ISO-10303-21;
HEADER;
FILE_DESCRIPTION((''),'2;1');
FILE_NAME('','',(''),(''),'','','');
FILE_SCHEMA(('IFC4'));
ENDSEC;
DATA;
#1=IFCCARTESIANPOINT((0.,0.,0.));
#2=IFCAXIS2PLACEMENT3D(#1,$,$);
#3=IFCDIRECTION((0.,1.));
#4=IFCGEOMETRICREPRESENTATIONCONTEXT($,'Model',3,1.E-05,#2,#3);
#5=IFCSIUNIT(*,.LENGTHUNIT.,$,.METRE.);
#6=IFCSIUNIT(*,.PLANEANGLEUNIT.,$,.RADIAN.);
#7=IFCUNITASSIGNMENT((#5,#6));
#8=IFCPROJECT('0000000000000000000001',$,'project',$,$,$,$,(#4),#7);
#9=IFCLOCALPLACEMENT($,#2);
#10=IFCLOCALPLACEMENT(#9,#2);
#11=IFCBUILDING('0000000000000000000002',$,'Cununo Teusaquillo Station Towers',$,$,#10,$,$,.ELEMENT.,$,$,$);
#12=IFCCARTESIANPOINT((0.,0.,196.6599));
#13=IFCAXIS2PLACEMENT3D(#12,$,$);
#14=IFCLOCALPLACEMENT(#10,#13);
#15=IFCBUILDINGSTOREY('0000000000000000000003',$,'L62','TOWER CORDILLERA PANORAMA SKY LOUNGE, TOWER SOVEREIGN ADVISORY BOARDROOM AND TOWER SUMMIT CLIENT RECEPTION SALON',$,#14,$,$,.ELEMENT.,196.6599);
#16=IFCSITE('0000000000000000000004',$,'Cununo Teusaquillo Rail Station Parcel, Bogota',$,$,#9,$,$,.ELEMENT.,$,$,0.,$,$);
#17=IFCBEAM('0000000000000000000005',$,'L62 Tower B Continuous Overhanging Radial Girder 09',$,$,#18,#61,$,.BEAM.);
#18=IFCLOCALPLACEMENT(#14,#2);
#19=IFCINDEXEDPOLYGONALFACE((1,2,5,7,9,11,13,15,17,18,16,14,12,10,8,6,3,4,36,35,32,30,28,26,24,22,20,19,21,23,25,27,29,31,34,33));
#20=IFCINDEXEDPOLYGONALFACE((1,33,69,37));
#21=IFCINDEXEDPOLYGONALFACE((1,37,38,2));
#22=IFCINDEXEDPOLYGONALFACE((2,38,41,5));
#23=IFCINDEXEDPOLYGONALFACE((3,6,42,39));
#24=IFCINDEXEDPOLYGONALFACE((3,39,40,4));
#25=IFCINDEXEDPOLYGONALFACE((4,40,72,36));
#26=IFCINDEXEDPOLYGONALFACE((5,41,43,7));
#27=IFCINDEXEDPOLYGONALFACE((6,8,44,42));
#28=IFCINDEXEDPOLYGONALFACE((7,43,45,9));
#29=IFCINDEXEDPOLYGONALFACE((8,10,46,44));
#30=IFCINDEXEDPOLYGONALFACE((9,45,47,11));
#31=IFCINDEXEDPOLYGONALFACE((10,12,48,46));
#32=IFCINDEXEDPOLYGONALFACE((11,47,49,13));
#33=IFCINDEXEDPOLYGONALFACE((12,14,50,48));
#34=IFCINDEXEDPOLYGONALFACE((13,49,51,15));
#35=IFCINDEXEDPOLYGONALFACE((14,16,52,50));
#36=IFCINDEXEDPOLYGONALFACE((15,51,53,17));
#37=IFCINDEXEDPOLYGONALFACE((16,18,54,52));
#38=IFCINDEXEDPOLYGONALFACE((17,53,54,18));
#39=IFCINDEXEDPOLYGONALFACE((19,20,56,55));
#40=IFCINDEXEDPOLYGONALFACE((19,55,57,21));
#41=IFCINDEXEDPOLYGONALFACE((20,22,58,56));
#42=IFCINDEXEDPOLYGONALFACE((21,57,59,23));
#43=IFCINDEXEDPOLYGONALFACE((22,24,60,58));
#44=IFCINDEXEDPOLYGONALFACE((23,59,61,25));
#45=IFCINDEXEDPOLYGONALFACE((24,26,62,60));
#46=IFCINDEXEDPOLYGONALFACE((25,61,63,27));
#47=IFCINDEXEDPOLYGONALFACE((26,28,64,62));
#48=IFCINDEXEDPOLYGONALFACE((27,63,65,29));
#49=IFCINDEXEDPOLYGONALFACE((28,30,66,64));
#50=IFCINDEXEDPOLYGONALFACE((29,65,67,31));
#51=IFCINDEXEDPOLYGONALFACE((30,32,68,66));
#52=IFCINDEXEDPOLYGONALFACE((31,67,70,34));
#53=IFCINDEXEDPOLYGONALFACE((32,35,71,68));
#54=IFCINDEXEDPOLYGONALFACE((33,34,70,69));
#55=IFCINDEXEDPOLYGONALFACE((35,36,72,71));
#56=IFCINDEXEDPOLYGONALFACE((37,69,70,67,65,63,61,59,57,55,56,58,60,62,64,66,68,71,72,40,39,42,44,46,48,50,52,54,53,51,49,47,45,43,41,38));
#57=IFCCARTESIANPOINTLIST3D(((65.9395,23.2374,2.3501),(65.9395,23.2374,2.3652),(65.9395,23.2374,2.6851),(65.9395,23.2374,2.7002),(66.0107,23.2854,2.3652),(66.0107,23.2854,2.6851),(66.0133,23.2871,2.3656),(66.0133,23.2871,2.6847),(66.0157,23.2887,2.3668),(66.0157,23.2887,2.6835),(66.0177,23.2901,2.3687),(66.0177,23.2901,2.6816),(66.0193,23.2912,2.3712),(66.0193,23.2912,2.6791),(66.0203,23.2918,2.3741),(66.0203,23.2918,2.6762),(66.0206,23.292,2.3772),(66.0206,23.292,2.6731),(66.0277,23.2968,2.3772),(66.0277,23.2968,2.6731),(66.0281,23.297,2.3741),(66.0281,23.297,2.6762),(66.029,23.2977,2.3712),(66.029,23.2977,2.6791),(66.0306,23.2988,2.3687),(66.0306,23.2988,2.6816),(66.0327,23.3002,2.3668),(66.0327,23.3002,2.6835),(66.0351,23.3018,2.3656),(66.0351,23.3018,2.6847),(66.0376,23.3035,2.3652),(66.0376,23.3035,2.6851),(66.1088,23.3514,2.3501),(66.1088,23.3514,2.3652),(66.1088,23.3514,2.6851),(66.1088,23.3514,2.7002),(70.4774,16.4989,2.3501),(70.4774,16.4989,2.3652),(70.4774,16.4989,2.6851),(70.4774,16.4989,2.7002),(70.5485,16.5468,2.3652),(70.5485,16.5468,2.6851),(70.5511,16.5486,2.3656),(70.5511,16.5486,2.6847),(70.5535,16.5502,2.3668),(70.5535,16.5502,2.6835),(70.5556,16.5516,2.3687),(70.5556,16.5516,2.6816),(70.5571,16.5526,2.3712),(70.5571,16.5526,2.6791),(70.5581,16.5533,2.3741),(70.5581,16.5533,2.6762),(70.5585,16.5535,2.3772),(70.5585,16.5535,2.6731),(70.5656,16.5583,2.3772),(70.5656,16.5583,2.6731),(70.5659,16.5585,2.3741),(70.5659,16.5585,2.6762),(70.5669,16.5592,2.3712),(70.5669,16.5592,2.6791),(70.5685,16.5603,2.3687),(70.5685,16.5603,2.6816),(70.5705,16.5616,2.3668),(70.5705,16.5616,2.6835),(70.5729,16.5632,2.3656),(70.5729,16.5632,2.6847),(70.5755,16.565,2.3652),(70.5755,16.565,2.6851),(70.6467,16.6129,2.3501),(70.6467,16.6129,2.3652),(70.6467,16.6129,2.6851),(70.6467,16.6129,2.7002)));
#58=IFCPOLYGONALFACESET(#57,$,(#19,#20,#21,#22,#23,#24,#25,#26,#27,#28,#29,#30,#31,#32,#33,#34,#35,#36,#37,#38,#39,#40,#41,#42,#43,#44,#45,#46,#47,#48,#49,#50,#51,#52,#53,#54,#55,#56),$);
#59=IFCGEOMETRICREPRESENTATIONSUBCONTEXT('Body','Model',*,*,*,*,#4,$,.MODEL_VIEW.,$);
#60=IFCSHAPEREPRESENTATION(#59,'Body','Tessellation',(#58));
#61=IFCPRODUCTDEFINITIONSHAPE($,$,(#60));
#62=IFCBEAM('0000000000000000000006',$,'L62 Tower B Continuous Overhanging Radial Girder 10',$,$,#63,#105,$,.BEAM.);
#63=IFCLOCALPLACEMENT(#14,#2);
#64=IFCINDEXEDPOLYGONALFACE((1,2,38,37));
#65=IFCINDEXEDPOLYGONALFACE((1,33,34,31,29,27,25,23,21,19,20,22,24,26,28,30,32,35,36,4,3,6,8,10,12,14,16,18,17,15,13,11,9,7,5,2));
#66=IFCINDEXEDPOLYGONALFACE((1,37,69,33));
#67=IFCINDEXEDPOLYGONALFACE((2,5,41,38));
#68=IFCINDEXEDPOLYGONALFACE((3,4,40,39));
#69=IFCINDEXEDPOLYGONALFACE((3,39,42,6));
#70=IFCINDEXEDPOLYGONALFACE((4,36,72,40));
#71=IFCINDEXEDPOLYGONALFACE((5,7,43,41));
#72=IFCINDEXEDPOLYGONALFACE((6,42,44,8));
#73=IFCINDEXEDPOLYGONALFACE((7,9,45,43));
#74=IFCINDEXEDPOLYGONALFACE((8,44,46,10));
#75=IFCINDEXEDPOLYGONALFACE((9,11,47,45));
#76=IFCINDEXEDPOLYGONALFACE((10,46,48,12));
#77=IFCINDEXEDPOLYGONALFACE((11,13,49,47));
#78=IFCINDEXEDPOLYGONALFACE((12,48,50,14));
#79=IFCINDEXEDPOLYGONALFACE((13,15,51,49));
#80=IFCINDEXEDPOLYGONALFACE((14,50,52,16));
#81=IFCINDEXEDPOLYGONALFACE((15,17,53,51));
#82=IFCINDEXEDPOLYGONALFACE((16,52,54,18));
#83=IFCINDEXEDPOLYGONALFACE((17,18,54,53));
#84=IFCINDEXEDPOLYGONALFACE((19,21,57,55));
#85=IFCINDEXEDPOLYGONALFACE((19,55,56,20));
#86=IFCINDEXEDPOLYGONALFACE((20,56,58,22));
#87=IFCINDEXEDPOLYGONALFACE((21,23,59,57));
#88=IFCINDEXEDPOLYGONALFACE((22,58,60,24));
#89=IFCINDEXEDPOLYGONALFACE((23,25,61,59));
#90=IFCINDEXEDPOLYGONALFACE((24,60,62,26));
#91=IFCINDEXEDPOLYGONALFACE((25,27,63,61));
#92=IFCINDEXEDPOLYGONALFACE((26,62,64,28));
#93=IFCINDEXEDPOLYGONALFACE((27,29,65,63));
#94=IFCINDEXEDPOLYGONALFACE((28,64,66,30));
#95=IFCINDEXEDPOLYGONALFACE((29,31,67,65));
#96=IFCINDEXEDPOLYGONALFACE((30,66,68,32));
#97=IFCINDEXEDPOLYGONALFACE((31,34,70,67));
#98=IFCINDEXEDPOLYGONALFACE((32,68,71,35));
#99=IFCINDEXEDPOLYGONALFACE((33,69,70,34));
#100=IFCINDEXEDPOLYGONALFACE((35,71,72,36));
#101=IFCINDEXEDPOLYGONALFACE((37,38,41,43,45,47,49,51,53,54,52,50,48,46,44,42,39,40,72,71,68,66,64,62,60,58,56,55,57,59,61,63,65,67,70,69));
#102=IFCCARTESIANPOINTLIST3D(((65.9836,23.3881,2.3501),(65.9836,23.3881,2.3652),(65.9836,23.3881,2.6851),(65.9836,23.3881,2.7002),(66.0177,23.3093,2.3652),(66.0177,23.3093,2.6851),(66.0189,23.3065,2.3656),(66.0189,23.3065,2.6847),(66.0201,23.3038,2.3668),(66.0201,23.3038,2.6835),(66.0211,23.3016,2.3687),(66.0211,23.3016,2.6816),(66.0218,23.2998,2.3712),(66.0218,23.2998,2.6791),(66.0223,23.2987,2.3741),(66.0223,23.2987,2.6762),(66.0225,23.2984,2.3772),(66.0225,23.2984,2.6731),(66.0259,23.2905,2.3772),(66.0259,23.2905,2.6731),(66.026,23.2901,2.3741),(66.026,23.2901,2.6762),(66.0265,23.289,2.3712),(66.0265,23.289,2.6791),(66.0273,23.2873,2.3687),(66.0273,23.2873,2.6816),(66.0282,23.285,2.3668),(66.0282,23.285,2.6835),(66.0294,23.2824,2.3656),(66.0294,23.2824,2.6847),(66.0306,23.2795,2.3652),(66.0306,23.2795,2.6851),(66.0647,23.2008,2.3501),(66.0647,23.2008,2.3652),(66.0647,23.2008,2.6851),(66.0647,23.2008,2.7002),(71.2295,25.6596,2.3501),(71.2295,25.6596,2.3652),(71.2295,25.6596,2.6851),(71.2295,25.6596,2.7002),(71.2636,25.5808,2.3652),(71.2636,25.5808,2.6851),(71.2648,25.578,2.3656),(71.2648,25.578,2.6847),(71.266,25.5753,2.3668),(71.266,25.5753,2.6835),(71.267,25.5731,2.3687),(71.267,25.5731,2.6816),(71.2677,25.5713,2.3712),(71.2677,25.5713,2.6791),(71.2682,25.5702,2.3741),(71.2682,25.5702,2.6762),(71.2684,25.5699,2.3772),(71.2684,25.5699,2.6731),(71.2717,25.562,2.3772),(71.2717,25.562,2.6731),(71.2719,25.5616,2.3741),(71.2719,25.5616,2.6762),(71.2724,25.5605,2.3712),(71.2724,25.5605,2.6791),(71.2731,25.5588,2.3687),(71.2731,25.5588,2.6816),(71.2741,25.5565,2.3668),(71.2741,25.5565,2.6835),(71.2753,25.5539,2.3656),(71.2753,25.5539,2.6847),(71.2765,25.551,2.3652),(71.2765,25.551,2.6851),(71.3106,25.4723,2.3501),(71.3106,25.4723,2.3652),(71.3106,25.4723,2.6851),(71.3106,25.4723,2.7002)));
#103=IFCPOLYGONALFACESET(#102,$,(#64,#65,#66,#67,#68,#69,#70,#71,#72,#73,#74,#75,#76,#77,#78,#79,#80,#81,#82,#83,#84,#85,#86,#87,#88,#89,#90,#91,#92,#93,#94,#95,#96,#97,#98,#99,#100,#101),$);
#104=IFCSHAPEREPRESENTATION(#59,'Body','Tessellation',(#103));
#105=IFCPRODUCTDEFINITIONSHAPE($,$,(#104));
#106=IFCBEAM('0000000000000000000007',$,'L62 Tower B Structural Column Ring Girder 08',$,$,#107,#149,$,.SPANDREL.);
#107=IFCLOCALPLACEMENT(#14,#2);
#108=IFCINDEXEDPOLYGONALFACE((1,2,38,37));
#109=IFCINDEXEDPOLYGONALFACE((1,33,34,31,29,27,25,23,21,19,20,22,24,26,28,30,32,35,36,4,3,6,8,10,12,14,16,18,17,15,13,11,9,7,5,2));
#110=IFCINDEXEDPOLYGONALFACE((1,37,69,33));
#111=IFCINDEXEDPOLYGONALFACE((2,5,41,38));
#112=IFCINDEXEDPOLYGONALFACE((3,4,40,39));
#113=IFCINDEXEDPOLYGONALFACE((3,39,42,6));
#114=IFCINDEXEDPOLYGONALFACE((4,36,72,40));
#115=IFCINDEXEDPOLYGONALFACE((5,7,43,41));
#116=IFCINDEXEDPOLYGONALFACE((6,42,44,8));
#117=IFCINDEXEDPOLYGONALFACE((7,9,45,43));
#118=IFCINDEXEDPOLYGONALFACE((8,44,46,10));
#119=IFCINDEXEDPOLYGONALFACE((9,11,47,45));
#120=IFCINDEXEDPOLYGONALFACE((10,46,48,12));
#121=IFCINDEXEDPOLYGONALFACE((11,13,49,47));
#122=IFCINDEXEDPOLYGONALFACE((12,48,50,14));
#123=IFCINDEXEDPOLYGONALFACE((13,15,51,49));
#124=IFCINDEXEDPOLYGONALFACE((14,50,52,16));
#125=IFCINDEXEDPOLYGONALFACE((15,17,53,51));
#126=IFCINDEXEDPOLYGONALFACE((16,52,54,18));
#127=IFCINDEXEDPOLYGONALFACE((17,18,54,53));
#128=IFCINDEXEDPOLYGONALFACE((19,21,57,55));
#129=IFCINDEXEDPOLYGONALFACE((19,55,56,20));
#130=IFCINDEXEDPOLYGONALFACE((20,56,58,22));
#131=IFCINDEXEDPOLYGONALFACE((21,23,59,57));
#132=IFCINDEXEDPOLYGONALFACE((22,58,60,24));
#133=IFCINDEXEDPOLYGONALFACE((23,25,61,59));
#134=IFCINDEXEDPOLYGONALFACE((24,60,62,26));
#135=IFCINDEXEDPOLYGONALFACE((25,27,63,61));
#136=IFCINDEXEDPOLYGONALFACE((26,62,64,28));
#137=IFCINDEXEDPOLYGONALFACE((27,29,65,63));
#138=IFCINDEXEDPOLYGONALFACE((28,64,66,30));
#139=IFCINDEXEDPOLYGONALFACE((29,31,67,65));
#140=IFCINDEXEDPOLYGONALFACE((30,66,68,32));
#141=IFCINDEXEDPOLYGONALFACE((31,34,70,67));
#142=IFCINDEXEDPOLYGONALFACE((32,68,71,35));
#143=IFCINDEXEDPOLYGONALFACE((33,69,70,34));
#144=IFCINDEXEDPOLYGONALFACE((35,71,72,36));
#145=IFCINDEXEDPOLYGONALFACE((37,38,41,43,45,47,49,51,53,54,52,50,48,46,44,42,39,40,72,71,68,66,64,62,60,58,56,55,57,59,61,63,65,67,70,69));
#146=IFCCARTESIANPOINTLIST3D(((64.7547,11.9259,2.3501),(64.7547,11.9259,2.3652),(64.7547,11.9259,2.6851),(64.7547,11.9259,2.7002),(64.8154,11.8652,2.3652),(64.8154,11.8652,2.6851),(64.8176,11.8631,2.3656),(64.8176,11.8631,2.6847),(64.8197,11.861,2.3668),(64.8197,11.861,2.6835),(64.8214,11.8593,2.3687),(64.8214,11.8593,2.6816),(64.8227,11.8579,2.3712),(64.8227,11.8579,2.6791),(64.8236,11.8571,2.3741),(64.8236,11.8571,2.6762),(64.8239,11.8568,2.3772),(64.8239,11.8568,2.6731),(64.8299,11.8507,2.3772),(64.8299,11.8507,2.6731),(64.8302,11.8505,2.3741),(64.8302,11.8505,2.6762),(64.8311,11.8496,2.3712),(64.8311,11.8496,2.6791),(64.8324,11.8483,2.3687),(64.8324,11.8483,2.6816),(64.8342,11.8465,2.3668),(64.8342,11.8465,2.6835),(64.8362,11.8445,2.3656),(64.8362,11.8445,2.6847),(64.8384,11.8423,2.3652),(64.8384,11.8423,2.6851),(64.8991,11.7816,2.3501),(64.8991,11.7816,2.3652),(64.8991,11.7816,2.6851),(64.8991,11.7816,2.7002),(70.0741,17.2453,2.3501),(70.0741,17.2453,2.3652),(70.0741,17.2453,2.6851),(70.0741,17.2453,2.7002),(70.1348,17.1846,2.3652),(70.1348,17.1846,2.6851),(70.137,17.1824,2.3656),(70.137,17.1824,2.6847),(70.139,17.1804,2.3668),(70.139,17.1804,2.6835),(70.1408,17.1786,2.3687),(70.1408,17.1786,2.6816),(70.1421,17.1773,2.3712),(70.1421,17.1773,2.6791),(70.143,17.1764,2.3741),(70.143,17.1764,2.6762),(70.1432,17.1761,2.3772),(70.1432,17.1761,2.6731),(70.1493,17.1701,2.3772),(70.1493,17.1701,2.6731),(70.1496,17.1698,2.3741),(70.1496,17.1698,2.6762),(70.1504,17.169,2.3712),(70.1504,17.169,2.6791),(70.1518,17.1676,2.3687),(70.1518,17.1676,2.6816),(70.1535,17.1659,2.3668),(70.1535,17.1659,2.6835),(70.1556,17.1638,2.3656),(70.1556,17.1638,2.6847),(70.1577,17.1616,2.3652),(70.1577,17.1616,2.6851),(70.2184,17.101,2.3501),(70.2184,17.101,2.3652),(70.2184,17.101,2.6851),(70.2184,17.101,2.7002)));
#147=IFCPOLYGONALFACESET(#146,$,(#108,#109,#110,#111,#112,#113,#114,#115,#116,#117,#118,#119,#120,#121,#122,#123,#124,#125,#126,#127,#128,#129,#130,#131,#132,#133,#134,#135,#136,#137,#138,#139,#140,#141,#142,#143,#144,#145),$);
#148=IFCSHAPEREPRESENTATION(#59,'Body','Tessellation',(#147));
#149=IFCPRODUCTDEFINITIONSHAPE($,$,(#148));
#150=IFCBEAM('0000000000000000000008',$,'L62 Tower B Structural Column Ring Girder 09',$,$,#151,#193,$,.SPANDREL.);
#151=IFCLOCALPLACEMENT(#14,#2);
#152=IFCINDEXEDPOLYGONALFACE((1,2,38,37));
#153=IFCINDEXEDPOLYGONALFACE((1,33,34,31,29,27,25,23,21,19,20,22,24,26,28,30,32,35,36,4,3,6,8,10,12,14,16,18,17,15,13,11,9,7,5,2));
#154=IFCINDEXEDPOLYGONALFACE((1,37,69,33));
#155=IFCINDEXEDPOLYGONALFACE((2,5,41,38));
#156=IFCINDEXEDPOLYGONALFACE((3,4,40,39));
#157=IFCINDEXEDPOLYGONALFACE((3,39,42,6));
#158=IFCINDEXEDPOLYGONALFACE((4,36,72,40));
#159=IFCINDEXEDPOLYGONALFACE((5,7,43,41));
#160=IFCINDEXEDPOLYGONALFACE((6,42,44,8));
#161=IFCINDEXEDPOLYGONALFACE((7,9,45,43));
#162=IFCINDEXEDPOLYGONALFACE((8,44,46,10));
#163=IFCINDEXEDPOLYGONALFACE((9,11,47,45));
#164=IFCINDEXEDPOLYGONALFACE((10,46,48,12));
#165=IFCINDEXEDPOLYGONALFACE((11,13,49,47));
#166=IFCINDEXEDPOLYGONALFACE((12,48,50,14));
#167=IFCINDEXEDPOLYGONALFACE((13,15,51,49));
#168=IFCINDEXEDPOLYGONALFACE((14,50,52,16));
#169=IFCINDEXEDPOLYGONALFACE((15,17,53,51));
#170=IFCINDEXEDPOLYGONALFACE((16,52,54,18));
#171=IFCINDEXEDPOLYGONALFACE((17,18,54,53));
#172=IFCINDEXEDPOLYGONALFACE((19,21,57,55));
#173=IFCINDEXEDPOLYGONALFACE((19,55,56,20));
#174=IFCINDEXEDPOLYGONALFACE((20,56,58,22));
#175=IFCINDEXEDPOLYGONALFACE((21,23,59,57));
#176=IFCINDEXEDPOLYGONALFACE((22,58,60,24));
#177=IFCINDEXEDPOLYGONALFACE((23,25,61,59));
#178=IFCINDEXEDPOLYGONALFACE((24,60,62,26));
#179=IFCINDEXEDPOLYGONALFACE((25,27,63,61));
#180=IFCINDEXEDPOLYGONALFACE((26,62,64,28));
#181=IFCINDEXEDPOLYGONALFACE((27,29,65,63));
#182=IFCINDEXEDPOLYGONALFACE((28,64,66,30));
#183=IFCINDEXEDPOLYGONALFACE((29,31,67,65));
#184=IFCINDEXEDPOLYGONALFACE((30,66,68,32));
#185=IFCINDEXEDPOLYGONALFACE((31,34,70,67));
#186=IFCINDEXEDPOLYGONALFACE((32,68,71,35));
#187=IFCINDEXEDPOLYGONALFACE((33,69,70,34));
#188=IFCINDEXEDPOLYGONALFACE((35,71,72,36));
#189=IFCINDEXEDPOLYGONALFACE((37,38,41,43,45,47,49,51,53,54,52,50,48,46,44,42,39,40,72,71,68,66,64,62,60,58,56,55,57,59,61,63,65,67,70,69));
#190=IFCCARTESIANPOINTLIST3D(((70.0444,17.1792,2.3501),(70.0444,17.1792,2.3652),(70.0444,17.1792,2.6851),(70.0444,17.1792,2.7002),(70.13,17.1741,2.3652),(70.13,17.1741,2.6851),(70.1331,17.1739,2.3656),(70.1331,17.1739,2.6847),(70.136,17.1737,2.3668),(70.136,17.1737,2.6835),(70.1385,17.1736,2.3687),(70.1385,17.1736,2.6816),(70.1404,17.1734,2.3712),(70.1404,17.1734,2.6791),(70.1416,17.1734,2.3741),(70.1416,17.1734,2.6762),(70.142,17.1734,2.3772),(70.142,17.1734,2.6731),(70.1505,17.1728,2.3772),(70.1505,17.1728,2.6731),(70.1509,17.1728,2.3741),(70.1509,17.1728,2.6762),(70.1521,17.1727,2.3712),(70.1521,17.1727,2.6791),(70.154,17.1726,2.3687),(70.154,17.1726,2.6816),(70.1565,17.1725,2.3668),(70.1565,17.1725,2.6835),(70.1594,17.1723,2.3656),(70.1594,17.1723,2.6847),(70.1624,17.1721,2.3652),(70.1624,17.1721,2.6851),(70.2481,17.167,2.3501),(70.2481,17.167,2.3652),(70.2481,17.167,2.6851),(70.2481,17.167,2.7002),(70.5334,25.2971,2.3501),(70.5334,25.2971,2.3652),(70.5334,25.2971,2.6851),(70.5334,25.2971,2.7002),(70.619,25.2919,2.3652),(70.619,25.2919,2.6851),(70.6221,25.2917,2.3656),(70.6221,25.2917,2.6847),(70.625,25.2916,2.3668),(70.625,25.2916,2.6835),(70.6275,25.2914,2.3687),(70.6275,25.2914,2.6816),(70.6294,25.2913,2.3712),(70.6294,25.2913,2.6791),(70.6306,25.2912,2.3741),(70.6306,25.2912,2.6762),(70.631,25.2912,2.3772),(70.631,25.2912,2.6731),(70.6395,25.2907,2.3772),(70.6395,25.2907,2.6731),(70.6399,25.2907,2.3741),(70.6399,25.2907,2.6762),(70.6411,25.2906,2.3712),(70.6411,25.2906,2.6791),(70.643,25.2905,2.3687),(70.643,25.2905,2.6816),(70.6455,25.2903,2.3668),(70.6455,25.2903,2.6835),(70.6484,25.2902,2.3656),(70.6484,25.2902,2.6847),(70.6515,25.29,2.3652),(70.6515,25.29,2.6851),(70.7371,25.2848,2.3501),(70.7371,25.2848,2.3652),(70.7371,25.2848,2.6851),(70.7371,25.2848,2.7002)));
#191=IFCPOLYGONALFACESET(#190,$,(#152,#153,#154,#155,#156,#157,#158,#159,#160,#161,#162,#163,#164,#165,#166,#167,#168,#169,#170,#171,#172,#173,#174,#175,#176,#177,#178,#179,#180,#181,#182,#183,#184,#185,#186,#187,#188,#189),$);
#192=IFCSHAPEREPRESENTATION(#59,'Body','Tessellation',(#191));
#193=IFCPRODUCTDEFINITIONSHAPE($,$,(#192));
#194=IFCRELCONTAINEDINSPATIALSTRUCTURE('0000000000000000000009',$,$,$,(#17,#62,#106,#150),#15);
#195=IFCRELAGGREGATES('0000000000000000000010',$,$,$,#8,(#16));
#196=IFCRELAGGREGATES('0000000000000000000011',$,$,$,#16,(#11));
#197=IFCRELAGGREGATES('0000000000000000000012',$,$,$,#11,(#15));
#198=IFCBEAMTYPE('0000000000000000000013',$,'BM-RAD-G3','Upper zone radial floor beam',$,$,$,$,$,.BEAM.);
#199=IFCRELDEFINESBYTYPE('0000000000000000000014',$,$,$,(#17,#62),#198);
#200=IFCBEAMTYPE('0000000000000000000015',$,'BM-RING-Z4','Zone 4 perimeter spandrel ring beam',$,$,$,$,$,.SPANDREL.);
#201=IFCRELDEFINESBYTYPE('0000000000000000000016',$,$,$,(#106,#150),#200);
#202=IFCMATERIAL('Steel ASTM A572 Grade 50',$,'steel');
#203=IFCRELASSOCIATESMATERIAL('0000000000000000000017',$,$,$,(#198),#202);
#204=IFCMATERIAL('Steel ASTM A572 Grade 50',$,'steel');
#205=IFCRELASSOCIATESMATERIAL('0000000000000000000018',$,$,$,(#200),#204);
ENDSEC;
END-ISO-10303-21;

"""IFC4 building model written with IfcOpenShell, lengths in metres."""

from ifc_helpers import new_model, si_unit, direction, frame, origin, origin_2d, place, context, subcontext, project, spatial, i_section, extrude, material, material_profile, profile_set, type_object, element, save


model = new_model("IFC4")

# Units and contexts
model_context = context("Model", 3, precision=1e-05, world=origin(), true_north=direction((0.0, 1.0)))
body_context = subcontext(model_context, "Body", "Model", "MODEL_VIEW")
ifc_project = project(units=[si_unit("LENGTHUNIT", "METRE"), si_unit("PLANEANGLEUNIT", "RADIAN")], contexts=[model_context])

# Site, building, storey
site_placement = place(None, origin())
site = spatial("IfcSite", under=ifc_project, at=site_placement, Name="Cununo Teusaquillo Rail Station Parcel, Bogota", CompositionType="ELEMENT", RefElevation=0.0)
building_placement = place(site_placement, origin())
building = spatial("IfcBuilding", under=site, at=building_placement, Name="Cununo Teusaquillo Station Towers", CompositionType="ELEMENT")
storey_placement = place(building_placement, frame((0.0, 0.0, 196.6599)))
storey = spatial("IfcBuildingStorey", under=building, at=storey_placement, Name="L62", Description="TOWER CORDILLERA PANORAMA SKY LOUNGE, TOWER SOVEREIGN ADVISORY BOARDROOM AND TOWER SUMMIT CLIENT RECEPTION SALON", CompositionType="ELEMENT", Elevation=196.6599)

# Beams
ifc_material_1 = material(Name="Steel ASTM A572 Grade 50", Category="steel")
ifc_material_profile_1 = material_profile(ifc_material_1, i_section(OverallWidth=0.2041, OverallDepth=0.3501, WebThickness=0.0085, FlangeThickness=0.0151, FilletRadius=0.012, at=origin_2d()), Name="W14X48")
ifc_profile_set_1 = profile_set([ifc_material_profile_1], Name="Steel ASTM A572 Grade 50")
beam_type_1 = type_object("IfcBeamType", Name="BM-RAD-G3", Description="Upper zone radial floor beam", PredefinedType="BEAM", material=ifc_profile_set_1)
beam_1_placement = place(storey_placement, frame((66.0242, 23.2944, 2.5251), z_axis=(0.558571, -0.829457, 0.0), x_axis=(0.829457, 0.558571, 0.0)))
element("IfcBeam", 1, at=beam_1_placement, inside=storey, type_object=beam_type_1, Name="L62 Tower B Continuous Overhanging Radial Girder 09", PredefinedType="BEAM", context=body_context, shape_type="SweptSolid", body=[
    extrude(i_section(OverallWidth=0.2041, OverallDepth=0.3501, WebThickness=0.0085, FlangeThickness=0.0151, FilletRadius=0.012, at=origin_2d()), origin(), (0.0, 0.0, 1.0), 8.124),
])
beam_2_placement = place(storey_placement, frame((66.0242, 23.2944, 2.5251), z_axis=(0.917665, 0.397355, 0.0), x_axis=(-0.397355, 0.917665, 0.0)))
element("IfcBeam", 2, at=beam_2_placement, inside=storey, type_object=beam_type_1, Name="L62 Tower B Continuous Overhanging Radial Girder 10", PredefinedType="BEAM", context=body_context, shape_type="SweptSolid", body=[
    extrude(i_section(OverallWidth=0.2041, OverallDepth=0.3501, WebThickness=0.0085, FlangeThickness=0.0151, FilletRadius=0.012, at=origin_2d()), origin(), (0.0, 0.0, 1.0), 5.7166),
])
ifc_material_2 = material(Name="Steel ASTM A572 Grade 50", Category="steel")
ifc_material_profile_2 = material_profile(ifc_material_2, i_section(OverallWidth=0.2041, OverallDepth=0.3501, WebThickness=0.0085, FlangeThickness=0.0151, FilletRadius=0.012, at=origin_2d()), Name="W14X48")
ifc_profile_set_2 = profile_set([ifc_material_profile_2], Name="Steel ASTM A572 Grade 50")
beam_type_2 = type_object("IfcBeamType", Name="BM-RING-Z4", Description="Zone 4 perimeter spandrel ring beam", PredefinedType="SPANDREL", material=ifc_profile_set_2)
beam_3_placement = place(storey_placement, frame((64.8269, 11.8538, 2.5251), z_axis=(0.707107, 0.707107, 0.0), x_axis=(-0.707107, 0.707107, 0.0)))
element("IfcBeam", 3, at=beam_3_placement, inside=storey, type_object=beam_type_2, Name="L62 Tower B Structural Column Ring Girder 08", PredefinedType="SPANDREL", context=body_context, shape_type="SweptSolid", body=[
    extrude(i_section(OverallWidth=0.2041, OverallDepth=0.3501, WebThickness=0.0085, FlangeThickness=0.0151, FilletRadius=0.012, at=origin_2d()), origin(), (0.0, 0.0, 1.0), 7.5227),
])
beam_4_placement = place(storey_placement, frame((70.1462, 17.1731, 2.5251), z_axis=(0.06013, 0.998191, 0.0), x_axis=(-0.998191, 0.06013, 0.0)))
element("IfcBeam", 4, at=beam_4_placement, inside=storey, type_object=beam_type_2, Name="L62 Tower B Structural Column Ring Girder 09", PredefinedType="SPANDREL", context=body_context, shape_type="SweptSolid", body=[
    extrude(i_section(OverallWidth=0.2041, OverallDepth=0.3501, WebThickness=0.0085, FlangeThickness=0.0151, FilletRadius=0.012, at=origin_2d()), origin(), (0.0, 0.0, 1.0), 8.1326),
])

save(model, "model.ifc")
